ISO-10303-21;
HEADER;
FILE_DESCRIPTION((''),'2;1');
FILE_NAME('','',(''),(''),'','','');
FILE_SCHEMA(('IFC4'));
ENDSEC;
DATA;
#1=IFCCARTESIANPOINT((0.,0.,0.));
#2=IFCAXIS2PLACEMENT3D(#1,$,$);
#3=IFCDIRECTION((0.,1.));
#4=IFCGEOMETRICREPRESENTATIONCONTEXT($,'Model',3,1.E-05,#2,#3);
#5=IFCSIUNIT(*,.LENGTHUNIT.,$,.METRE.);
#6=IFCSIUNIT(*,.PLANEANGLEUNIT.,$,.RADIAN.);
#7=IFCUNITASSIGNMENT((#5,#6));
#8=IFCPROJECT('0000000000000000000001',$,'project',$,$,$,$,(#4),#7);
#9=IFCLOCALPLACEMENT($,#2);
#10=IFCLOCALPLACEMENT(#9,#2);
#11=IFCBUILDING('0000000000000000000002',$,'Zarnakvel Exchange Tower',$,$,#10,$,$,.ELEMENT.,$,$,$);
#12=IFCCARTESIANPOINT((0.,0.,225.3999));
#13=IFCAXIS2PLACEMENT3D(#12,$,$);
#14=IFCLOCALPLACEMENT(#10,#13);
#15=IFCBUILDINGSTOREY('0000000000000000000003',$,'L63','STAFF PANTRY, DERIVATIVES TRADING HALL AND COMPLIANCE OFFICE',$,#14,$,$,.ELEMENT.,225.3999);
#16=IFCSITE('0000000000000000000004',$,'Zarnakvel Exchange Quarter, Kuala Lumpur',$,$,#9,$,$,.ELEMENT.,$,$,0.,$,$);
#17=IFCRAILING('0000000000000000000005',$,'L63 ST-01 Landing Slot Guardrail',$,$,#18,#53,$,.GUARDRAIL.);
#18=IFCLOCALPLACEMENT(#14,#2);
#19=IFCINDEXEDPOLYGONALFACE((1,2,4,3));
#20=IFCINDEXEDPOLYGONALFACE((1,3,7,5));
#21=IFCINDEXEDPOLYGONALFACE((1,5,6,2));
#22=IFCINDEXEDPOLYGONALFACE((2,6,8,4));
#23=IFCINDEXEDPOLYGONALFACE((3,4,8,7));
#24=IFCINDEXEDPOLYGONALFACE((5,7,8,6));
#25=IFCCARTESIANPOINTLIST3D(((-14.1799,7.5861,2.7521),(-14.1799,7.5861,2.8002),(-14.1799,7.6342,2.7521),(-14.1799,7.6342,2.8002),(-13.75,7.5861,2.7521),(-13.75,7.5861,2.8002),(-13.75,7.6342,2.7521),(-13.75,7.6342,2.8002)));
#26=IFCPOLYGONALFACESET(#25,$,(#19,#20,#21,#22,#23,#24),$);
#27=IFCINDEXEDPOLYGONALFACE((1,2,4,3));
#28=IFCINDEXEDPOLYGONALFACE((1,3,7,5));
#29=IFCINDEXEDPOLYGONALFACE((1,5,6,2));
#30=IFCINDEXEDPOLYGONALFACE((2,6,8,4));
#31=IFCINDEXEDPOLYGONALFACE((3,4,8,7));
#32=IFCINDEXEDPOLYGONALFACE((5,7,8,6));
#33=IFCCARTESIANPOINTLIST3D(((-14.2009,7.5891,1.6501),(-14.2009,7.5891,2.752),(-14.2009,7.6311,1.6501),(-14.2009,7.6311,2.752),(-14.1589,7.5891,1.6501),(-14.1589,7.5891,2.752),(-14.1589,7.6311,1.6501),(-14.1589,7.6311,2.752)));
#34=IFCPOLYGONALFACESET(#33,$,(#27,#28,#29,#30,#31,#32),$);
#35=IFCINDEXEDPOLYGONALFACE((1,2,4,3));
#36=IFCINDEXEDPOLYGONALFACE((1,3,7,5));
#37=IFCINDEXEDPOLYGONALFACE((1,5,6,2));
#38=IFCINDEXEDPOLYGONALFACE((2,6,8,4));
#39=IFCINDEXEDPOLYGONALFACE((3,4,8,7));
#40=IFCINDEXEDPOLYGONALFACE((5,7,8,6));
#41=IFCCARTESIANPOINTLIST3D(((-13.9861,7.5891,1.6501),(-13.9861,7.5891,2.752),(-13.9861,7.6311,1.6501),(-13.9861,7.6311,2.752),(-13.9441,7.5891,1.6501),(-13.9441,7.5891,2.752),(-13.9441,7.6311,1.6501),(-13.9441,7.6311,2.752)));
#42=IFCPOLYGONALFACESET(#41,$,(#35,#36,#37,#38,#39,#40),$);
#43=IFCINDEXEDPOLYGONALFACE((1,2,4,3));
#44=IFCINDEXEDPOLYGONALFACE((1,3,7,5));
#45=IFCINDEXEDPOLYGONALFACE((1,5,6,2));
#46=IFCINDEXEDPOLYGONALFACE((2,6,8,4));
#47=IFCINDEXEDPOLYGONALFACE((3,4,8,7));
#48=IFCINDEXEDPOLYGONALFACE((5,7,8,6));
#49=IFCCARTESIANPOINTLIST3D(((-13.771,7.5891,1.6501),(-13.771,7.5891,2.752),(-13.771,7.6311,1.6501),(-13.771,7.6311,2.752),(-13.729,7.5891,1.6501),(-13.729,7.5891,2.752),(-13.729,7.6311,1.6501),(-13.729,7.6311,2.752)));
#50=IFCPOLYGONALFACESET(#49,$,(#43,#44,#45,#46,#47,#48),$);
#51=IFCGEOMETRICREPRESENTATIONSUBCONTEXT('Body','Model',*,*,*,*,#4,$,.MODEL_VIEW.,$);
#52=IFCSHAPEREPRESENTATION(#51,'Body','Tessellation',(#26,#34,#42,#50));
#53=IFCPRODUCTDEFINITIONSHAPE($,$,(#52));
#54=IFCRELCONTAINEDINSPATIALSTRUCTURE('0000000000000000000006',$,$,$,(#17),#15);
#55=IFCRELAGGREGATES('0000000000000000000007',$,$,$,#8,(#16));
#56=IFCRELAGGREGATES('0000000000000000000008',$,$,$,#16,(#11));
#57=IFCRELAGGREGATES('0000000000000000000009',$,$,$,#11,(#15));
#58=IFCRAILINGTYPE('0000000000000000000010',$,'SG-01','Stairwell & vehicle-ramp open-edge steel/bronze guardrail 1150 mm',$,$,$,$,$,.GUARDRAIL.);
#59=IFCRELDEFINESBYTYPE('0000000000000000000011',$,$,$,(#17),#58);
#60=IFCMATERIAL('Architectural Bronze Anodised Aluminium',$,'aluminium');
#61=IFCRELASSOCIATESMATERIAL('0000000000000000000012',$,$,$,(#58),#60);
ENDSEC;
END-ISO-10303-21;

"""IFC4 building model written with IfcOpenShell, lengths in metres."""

from ifc_helpers import new_model, si_unit, direction, frame, origin, origin_2d, place, context, subcontext, project, spatial, rectangle, extrude, material, type_object, element, save


model = new_model("IFC4")

# Units and contexts
model_context = context("Model", 3, precision=1e-05, world=origin(), true_north=direction((0.0, 1.0)))
body_context = subcontext(model_context, "Body", "Model", "MODEL_VIEW")
ifc_project = project(units=[si_unit("LENGTHUNIT", "METRE"), si_unit("PLANEANGLEUNIT", "RADIAN")], contexts=[model_context])

# Site, building, storey
site_placement = place(None, origin())
site = spatial("IfcSite", under=ifc_project, at=site_placement, Name="Zarnakvel Exchange Quarter, Kuala Lumpur", CompositionType="ELEMENT", RefElevation=0.0)
building_placement = place(site_placement, origin())
building = spatial("IfcBuilding", under=site, at=building_placement, Name="Zarnakvel Exchange Tower", CompositionType="ELEMENT")
storey_placement = place(building_placement, frame((0.0, 0.0, 225.3999)))
storey = spatial("IfcBuildingStorey", under=building, at=storey_placement, Name="L63", Description="STAFF PANTRY, DERIVATIVES TRADING HALL AND COMPLIANCE OFFICE", CompositionType="ELEMENT", Elevation=225.3999)

# Shared definitions
ifc_material_1 = material(Name="Architectural Bronze Anodised Aluminium", Category="aluminium")

# Railing
railing_type_1 = type_object("IfcRailingType", Name="SG-01", Description="Stairwell & vehicle-ramp open-edge steel/bronze guardrail 1150 mm", PredefinedType="GUARDRAIL", material=ifc_material_1)
railing_1_placement = place(storey_placement, frame((-14.1799, 7.6101, 1.6501)))
element("IfcRailing", 1, at=railing_1_placement, inside=storey, type_object=railing_type_1, Name="L63 ST-01 Landing Slot Guardrail", PredefinedType="GUARDRAIL", context=body_context, shape_type="SweptSolid", body=[
    extrude(rectangle(XDim=0.0481, YDim=0.0481, at=origin_2d()), frame((0.0, 0.0, 1.126), z_axis=(1.0, 0.0, 0.0), x_axis=(0.0, 1.0, 0.0)), (0.0, 0.0, 1.0), 0.4299),
    extrude(rectangle(XDim=0.042, YDim=0.042, at=origin_2d()), origin(), (0.0, 0.0, 1.0), 1.1018),
    extrude(rectangle(XDim=0.042, YDim=0.042, at=origin_2d()), frame((0.2148, 0.0, 0.0)), (0.0, 0.0, 1.0), 1.1018),
    extrude(rectangle(XDim=0.042, YDim=0.042, at=origin_2d()), frame((0.4299, 0.0, 0.0)), (0.0, 0.0, 1.0), 1.1018),
])

save(model, "model.ifc")
